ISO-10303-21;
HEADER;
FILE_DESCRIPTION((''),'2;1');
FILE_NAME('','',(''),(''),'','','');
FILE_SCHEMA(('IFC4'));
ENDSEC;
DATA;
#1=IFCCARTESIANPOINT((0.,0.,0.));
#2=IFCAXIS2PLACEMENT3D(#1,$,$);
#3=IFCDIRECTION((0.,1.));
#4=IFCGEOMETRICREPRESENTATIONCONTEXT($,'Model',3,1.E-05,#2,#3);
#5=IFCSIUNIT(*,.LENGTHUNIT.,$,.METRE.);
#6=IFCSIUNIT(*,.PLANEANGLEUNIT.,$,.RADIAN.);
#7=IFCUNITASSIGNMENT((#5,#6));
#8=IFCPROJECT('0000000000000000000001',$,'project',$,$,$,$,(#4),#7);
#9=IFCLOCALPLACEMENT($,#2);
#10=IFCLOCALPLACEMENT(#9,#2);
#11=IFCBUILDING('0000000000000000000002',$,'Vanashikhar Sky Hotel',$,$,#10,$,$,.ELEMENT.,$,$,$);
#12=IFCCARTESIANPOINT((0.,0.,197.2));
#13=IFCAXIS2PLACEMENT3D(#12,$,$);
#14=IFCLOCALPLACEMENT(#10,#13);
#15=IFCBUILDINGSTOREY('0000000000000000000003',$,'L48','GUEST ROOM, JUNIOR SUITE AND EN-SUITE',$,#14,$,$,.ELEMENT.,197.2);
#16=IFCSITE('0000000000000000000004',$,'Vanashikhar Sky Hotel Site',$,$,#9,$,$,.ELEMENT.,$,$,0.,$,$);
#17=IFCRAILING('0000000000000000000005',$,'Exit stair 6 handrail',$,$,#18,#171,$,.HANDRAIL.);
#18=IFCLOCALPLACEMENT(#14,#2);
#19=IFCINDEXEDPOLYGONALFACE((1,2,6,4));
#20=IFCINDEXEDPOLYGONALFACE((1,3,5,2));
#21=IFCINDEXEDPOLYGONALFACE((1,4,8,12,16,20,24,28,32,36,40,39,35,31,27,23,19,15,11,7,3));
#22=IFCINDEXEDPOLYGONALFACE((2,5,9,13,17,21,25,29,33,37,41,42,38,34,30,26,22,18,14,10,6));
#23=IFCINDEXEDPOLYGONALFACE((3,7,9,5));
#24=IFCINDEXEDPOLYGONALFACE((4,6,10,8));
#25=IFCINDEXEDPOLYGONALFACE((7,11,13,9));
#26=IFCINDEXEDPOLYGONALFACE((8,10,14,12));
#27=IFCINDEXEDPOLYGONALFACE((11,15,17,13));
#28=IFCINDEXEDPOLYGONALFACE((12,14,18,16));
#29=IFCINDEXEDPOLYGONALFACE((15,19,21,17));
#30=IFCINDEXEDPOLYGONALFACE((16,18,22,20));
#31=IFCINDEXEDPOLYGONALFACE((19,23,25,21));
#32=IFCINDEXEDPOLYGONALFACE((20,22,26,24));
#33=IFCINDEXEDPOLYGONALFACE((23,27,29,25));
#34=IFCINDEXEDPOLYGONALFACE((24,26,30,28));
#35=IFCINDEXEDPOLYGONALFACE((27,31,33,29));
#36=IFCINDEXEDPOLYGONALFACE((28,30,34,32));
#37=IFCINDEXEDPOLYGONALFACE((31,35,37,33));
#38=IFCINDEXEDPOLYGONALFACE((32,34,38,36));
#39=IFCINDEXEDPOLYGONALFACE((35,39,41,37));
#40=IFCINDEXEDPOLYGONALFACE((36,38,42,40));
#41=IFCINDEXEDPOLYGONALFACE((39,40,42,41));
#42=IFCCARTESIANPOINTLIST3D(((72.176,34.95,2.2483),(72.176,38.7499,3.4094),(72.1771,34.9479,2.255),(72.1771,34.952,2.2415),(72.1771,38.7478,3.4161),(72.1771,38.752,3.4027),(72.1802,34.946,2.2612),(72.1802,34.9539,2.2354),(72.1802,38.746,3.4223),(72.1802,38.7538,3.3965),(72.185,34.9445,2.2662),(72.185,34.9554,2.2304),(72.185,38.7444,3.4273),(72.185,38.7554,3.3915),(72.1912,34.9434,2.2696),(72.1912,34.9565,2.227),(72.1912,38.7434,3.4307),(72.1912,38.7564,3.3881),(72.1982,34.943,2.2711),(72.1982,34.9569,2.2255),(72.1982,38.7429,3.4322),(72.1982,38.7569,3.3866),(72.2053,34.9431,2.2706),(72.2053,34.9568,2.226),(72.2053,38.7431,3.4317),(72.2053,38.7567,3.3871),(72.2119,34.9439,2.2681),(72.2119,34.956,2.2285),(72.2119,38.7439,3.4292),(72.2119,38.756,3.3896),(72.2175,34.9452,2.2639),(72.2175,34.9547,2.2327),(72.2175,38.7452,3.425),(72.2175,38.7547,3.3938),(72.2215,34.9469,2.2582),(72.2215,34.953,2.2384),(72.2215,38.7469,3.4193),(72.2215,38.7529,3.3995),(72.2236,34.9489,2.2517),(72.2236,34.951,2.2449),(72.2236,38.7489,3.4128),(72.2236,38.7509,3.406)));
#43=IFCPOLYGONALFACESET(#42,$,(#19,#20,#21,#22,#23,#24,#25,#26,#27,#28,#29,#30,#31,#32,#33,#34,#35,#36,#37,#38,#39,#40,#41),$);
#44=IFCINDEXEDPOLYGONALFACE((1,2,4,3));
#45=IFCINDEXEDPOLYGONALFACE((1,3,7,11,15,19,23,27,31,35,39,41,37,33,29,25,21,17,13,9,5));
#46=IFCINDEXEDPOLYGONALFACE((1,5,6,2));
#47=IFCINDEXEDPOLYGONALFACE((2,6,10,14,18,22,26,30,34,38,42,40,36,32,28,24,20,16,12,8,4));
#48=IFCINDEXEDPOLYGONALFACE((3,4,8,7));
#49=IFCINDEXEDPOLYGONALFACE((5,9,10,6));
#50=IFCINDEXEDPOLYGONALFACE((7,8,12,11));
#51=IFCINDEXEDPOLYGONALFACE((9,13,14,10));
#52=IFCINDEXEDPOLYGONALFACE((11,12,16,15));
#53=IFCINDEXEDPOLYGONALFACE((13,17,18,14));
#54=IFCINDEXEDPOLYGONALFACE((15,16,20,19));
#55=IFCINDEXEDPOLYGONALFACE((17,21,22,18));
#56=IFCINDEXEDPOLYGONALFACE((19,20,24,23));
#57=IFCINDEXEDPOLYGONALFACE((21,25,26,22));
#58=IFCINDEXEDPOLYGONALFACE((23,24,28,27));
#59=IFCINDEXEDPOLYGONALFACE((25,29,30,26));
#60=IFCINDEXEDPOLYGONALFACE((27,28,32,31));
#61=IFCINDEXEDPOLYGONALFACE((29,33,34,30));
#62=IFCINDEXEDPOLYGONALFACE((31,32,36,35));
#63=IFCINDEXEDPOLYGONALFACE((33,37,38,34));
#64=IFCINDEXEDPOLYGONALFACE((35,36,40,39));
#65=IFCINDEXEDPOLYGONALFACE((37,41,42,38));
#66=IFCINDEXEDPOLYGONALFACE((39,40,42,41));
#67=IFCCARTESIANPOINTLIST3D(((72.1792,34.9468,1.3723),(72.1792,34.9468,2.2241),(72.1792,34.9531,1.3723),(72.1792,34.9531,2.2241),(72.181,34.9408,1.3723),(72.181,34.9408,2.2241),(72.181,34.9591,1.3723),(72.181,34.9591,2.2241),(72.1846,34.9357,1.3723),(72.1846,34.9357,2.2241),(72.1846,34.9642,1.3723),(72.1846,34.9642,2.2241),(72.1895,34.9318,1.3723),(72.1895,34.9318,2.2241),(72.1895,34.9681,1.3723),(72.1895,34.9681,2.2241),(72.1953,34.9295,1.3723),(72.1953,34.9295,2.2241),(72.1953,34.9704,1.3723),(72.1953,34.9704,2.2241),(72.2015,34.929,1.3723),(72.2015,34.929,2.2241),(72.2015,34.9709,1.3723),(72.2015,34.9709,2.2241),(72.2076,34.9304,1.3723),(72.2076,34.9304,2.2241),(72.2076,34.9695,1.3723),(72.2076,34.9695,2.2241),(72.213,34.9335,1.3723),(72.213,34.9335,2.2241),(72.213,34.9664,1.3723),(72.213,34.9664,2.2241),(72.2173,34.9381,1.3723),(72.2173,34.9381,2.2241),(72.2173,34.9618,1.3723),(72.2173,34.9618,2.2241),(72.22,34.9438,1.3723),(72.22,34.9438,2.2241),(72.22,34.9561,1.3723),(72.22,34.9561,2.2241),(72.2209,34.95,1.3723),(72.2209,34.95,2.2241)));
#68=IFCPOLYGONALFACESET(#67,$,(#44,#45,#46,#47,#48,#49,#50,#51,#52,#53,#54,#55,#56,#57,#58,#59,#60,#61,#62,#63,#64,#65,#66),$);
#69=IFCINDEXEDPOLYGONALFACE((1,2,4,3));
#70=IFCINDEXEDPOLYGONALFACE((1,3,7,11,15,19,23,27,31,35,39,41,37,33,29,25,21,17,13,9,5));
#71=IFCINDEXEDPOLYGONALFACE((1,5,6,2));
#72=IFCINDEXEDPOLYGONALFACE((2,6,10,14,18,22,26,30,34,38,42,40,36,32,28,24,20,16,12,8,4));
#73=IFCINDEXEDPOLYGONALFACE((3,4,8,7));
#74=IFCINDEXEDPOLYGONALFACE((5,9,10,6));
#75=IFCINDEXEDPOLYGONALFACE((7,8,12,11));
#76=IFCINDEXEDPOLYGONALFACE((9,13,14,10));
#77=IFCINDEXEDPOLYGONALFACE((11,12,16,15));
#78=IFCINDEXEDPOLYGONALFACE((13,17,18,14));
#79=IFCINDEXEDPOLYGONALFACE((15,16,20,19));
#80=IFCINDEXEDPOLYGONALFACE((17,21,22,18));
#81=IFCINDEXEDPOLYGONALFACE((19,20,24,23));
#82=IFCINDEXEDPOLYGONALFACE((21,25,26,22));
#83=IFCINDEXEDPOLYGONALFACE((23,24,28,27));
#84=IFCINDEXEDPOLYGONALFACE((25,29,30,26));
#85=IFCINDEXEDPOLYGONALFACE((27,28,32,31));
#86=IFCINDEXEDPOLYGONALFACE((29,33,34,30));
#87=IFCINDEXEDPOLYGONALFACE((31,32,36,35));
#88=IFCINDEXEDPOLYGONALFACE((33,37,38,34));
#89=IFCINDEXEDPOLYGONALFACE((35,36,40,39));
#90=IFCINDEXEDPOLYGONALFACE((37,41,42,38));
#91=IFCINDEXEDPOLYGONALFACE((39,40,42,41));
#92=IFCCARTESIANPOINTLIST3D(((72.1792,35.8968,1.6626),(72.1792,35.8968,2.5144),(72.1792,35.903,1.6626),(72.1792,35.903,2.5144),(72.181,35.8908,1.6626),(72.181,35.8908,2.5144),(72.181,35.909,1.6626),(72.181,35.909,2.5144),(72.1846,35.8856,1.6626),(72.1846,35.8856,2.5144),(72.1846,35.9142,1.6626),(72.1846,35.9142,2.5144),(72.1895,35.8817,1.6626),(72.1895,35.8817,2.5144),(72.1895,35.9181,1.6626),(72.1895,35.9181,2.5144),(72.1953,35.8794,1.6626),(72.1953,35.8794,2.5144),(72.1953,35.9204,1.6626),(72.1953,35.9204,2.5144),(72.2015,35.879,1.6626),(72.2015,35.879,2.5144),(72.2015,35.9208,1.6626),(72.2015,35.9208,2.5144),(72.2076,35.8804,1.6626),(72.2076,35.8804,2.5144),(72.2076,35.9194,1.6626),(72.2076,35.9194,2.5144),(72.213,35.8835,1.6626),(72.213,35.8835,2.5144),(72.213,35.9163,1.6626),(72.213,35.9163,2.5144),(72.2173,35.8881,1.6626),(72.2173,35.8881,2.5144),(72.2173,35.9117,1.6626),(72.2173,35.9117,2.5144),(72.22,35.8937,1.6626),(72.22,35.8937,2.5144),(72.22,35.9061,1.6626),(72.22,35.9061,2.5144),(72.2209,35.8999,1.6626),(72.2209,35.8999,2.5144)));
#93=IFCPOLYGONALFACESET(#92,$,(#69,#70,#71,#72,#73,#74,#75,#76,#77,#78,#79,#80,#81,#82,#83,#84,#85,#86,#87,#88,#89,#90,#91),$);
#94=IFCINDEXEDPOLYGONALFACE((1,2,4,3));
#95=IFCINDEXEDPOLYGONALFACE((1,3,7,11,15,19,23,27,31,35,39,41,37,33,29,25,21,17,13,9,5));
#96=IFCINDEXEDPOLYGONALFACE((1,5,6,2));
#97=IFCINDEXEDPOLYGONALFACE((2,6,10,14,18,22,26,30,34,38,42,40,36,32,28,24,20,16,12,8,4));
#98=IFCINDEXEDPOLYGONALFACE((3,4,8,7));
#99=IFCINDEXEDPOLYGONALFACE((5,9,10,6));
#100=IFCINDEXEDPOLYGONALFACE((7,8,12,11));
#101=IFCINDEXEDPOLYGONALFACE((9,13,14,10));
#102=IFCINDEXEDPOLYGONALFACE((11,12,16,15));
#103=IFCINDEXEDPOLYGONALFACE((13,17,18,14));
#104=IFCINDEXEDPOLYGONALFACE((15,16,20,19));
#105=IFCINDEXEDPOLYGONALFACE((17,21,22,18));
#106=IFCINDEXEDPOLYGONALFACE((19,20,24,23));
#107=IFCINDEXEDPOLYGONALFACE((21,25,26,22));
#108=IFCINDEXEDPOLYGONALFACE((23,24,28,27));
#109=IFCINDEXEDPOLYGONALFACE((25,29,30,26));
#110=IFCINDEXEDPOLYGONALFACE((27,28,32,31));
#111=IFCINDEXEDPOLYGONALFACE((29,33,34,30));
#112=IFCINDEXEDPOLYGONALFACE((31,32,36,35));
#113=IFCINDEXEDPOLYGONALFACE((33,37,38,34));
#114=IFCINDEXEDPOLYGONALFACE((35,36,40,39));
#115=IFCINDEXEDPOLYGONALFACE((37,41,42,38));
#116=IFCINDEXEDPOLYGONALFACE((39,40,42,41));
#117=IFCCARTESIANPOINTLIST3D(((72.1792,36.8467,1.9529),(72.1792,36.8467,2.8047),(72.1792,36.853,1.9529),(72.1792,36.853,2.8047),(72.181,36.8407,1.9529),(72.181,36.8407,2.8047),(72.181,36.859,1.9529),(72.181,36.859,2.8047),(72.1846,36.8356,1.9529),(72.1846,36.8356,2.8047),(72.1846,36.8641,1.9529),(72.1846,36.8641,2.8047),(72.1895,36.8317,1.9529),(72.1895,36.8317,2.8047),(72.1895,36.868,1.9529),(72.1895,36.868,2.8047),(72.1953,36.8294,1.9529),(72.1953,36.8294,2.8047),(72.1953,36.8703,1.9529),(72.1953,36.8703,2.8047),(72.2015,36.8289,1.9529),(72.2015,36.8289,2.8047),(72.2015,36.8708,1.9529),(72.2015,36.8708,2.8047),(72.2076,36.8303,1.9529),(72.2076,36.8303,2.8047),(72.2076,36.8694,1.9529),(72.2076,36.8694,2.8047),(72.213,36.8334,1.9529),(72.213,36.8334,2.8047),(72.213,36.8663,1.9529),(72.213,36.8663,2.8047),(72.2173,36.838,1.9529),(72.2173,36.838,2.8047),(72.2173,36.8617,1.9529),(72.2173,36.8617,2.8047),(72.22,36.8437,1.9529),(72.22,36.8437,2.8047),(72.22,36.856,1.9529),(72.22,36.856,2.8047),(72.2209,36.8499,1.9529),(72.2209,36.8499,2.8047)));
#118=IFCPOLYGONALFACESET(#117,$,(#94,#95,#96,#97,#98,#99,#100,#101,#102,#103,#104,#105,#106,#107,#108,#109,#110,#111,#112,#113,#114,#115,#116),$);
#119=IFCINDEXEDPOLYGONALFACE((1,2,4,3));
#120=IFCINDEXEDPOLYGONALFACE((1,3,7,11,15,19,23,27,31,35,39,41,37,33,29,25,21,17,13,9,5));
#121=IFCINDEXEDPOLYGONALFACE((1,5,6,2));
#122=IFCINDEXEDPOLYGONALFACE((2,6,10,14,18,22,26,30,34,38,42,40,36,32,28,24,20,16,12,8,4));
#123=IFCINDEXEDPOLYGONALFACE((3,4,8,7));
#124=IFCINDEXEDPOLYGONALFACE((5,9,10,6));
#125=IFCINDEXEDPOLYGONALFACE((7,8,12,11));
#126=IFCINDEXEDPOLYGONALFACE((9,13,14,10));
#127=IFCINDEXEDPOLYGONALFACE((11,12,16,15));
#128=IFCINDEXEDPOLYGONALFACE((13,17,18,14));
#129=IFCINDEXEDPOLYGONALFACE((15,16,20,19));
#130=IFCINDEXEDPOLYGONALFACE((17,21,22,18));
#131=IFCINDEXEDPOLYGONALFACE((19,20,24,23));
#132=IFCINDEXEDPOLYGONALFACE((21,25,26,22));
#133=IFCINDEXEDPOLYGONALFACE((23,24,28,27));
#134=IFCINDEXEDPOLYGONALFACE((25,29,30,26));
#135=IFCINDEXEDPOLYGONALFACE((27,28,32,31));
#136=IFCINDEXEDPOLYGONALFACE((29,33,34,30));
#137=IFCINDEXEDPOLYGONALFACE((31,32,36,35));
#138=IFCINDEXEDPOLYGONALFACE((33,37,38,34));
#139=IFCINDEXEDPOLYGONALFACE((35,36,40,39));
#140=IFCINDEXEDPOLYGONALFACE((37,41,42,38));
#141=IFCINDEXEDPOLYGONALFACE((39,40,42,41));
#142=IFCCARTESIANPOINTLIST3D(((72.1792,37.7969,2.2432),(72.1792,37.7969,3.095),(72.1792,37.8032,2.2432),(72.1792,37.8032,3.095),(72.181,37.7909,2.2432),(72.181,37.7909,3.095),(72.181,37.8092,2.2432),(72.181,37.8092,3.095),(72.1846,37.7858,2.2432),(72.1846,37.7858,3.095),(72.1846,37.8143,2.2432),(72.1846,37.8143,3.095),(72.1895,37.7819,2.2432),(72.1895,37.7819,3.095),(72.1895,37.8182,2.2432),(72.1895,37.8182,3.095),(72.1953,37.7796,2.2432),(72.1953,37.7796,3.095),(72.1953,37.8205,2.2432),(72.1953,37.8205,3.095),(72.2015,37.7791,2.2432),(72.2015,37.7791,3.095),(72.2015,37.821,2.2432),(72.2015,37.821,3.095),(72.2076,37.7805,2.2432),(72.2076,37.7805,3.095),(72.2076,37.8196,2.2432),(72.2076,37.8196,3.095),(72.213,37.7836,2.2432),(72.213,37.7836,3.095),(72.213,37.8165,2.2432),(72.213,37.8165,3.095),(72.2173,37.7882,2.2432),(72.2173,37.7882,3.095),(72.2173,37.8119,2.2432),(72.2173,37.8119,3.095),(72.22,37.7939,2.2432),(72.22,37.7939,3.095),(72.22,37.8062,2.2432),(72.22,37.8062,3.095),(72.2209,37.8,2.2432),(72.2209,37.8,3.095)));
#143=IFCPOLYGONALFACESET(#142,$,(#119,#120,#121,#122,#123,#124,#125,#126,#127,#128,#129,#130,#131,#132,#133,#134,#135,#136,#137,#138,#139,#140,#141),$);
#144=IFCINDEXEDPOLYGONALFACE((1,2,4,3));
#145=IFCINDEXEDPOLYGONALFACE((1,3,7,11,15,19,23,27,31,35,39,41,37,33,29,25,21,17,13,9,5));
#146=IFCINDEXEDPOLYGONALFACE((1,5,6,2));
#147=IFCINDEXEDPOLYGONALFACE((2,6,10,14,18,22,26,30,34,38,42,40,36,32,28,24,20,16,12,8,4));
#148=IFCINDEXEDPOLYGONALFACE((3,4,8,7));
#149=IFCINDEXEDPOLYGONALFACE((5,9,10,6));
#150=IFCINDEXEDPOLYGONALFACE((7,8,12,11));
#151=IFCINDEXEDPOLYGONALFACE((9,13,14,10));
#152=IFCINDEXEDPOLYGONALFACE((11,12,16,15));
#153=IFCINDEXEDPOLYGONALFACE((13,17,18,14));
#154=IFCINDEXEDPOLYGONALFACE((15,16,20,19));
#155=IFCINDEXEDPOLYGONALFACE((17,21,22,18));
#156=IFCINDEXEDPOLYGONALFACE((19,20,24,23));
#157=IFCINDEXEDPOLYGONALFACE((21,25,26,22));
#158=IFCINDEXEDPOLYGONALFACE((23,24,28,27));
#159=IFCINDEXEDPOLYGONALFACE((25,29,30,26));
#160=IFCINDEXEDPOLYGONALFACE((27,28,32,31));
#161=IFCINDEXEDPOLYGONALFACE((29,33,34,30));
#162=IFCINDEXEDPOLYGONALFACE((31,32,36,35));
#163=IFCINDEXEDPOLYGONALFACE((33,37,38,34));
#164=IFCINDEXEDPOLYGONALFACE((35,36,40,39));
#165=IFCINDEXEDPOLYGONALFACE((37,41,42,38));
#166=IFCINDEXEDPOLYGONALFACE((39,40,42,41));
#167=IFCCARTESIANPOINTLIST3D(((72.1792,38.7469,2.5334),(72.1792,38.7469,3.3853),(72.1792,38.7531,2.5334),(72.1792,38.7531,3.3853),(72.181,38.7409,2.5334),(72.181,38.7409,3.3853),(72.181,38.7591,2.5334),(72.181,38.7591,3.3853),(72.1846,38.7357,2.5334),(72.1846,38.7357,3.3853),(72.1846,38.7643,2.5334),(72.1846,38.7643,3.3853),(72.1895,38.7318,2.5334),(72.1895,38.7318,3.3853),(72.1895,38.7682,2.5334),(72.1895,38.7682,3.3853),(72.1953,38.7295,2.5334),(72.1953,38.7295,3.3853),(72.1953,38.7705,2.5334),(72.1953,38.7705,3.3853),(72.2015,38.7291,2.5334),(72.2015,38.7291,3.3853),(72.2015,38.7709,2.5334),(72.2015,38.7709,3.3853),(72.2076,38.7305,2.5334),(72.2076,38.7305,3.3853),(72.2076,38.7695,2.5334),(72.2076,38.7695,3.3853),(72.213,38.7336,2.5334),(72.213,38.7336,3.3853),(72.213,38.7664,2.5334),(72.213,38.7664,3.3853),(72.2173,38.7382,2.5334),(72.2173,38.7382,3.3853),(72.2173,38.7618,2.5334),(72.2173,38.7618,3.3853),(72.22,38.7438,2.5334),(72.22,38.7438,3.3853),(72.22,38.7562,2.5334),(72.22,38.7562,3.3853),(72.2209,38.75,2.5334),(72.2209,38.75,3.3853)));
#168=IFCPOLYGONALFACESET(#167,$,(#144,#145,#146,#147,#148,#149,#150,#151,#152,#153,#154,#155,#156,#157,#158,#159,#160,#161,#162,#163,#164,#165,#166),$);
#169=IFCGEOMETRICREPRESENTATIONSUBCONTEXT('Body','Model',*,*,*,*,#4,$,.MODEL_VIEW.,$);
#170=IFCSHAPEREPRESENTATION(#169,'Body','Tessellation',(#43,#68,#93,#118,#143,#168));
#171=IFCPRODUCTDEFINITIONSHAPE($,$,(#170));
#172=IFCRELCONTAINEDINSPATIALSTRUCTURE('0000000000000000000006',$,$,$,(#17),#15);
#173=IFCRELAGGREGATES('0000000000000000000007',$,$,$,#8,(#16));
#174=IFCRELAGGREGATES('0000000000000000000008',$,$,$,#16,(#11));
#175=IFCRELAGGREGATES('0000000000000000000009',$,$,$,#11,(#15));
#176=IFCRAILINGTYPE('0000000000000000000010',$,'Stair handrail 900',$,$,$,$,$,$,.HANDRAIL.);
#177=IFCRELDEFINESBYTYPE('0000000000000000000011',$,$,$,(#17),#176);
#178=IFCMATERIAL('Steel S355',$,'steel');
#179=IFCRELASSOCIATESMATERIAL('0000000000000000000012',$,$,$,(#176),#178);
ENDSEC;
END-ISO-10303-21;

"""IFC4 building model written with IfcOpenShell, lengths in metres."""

from ifc_helpers import new_model, si_unit, direction, frame, origin, origin_2d, place, context, subcontext, project, spatial, circle, extrude, source, transform, mapped, material, type_object, element, save


model = new_model("IFC4")

# Units and contexts
model_context = context("Model", 3, precision=1e-05, world=origin(), true_north=direction((0.0, 1.0)))
body_context = subcontext(model_context, "Body", "Model", "MODEL_VIEW")
ifc_project = project(units=[si_unit("LENGTHUNIT", "METRE"), si_unit("PLANEANGLEUNIT", "RADIAN")], contexts=[model_context])

# Site, building, storey
site_placement = place(None, origin())
site = spatial("IfcSite", under=ifc_project, at=site_placement, Name="Vanashikhar Sky Hotel Site", CompositionType="ELEMENT", RefElevation=0.0)
building_placement = place(site_placement, origin())
building = spatial("IfcBuilding", under=site, at=building_placement, Name="Vanashikhar Sky Hotel", CompositionType="ELEMENT")
storey_placement = place(building_placement, frame((0.0, 0.0, 197.2)))
storey = spatial("IfcBuildingStorey", under=building, at=storey_placement, Name="L48", Description="GUEST ROOM, JUNIOR SUITE AND EN-SUITE", CompositionType="ELEMENT", Elevation=197.2)

# Railing
ifc_material_1 = material(Name="Steel S355", Category="steel")
railing_type_1 = type_object("IfcRailingType", Name="Stair handrail 900", PredefinedType="HANDRAIL", material=ifc_material_1)
shared_shape_1 = source(origin(), body_context, "Body", "SweptSolid", [
    extrude(circle(Radius=0.0239, at=origin_2d()), frame((0.0, 0.0, 0.876), z_axis=(0.0, 0.956351, 0.29222), x_axis=(-1.0, 0.0, 0.0)), (0.0, 0.0, 1.0), 3.9734),
    extrude(circle(Radius=0.021, at=origin_2d()), origin(), (0.0, 0.0, 1.0), 0.8518),
    extrude(circle(Radius=0.021, at=origin_2d()), frame((0.0, 0.95, 0.2903)), (0.0, 0.0, 1.0), 0.8518),
    extrude(circle(Radius=0.021, at=origin_2d()), frame((0.0, 1.8999, 0.5806)), (0.0, 0.0, 1.0), 0.8518),
    extrude(circle(Radius=0.021, at=origin_2d()), frame((0.0, 2.8501, 0.8708)), (0.0, 0.0, 1.0), 0.8518),
    extrude(circle(Radius=0.021, at=origin_2d()), frame((0.0, 3.8, 1.1611)), (0.0, 0.0, 1.0), 0.8518),
])
for number, where, name in (
    (1, (72.2, 34.95, 1.3723), "Exit stair 6 handrail"),
):
    element("IfcRailing", number, at=place(storey_placement, frame(where)), inside=storey, type_object=railing_type_1, Name=name, PredefinedType="HANDRAIL", context=body_context, shape_type="MappedRepresentation", body=[
        mapped(shared_shape_1, transform((0.0, 0.0, 0.0), scale=1.0)),
    ])

save(model, "model.ifc")
